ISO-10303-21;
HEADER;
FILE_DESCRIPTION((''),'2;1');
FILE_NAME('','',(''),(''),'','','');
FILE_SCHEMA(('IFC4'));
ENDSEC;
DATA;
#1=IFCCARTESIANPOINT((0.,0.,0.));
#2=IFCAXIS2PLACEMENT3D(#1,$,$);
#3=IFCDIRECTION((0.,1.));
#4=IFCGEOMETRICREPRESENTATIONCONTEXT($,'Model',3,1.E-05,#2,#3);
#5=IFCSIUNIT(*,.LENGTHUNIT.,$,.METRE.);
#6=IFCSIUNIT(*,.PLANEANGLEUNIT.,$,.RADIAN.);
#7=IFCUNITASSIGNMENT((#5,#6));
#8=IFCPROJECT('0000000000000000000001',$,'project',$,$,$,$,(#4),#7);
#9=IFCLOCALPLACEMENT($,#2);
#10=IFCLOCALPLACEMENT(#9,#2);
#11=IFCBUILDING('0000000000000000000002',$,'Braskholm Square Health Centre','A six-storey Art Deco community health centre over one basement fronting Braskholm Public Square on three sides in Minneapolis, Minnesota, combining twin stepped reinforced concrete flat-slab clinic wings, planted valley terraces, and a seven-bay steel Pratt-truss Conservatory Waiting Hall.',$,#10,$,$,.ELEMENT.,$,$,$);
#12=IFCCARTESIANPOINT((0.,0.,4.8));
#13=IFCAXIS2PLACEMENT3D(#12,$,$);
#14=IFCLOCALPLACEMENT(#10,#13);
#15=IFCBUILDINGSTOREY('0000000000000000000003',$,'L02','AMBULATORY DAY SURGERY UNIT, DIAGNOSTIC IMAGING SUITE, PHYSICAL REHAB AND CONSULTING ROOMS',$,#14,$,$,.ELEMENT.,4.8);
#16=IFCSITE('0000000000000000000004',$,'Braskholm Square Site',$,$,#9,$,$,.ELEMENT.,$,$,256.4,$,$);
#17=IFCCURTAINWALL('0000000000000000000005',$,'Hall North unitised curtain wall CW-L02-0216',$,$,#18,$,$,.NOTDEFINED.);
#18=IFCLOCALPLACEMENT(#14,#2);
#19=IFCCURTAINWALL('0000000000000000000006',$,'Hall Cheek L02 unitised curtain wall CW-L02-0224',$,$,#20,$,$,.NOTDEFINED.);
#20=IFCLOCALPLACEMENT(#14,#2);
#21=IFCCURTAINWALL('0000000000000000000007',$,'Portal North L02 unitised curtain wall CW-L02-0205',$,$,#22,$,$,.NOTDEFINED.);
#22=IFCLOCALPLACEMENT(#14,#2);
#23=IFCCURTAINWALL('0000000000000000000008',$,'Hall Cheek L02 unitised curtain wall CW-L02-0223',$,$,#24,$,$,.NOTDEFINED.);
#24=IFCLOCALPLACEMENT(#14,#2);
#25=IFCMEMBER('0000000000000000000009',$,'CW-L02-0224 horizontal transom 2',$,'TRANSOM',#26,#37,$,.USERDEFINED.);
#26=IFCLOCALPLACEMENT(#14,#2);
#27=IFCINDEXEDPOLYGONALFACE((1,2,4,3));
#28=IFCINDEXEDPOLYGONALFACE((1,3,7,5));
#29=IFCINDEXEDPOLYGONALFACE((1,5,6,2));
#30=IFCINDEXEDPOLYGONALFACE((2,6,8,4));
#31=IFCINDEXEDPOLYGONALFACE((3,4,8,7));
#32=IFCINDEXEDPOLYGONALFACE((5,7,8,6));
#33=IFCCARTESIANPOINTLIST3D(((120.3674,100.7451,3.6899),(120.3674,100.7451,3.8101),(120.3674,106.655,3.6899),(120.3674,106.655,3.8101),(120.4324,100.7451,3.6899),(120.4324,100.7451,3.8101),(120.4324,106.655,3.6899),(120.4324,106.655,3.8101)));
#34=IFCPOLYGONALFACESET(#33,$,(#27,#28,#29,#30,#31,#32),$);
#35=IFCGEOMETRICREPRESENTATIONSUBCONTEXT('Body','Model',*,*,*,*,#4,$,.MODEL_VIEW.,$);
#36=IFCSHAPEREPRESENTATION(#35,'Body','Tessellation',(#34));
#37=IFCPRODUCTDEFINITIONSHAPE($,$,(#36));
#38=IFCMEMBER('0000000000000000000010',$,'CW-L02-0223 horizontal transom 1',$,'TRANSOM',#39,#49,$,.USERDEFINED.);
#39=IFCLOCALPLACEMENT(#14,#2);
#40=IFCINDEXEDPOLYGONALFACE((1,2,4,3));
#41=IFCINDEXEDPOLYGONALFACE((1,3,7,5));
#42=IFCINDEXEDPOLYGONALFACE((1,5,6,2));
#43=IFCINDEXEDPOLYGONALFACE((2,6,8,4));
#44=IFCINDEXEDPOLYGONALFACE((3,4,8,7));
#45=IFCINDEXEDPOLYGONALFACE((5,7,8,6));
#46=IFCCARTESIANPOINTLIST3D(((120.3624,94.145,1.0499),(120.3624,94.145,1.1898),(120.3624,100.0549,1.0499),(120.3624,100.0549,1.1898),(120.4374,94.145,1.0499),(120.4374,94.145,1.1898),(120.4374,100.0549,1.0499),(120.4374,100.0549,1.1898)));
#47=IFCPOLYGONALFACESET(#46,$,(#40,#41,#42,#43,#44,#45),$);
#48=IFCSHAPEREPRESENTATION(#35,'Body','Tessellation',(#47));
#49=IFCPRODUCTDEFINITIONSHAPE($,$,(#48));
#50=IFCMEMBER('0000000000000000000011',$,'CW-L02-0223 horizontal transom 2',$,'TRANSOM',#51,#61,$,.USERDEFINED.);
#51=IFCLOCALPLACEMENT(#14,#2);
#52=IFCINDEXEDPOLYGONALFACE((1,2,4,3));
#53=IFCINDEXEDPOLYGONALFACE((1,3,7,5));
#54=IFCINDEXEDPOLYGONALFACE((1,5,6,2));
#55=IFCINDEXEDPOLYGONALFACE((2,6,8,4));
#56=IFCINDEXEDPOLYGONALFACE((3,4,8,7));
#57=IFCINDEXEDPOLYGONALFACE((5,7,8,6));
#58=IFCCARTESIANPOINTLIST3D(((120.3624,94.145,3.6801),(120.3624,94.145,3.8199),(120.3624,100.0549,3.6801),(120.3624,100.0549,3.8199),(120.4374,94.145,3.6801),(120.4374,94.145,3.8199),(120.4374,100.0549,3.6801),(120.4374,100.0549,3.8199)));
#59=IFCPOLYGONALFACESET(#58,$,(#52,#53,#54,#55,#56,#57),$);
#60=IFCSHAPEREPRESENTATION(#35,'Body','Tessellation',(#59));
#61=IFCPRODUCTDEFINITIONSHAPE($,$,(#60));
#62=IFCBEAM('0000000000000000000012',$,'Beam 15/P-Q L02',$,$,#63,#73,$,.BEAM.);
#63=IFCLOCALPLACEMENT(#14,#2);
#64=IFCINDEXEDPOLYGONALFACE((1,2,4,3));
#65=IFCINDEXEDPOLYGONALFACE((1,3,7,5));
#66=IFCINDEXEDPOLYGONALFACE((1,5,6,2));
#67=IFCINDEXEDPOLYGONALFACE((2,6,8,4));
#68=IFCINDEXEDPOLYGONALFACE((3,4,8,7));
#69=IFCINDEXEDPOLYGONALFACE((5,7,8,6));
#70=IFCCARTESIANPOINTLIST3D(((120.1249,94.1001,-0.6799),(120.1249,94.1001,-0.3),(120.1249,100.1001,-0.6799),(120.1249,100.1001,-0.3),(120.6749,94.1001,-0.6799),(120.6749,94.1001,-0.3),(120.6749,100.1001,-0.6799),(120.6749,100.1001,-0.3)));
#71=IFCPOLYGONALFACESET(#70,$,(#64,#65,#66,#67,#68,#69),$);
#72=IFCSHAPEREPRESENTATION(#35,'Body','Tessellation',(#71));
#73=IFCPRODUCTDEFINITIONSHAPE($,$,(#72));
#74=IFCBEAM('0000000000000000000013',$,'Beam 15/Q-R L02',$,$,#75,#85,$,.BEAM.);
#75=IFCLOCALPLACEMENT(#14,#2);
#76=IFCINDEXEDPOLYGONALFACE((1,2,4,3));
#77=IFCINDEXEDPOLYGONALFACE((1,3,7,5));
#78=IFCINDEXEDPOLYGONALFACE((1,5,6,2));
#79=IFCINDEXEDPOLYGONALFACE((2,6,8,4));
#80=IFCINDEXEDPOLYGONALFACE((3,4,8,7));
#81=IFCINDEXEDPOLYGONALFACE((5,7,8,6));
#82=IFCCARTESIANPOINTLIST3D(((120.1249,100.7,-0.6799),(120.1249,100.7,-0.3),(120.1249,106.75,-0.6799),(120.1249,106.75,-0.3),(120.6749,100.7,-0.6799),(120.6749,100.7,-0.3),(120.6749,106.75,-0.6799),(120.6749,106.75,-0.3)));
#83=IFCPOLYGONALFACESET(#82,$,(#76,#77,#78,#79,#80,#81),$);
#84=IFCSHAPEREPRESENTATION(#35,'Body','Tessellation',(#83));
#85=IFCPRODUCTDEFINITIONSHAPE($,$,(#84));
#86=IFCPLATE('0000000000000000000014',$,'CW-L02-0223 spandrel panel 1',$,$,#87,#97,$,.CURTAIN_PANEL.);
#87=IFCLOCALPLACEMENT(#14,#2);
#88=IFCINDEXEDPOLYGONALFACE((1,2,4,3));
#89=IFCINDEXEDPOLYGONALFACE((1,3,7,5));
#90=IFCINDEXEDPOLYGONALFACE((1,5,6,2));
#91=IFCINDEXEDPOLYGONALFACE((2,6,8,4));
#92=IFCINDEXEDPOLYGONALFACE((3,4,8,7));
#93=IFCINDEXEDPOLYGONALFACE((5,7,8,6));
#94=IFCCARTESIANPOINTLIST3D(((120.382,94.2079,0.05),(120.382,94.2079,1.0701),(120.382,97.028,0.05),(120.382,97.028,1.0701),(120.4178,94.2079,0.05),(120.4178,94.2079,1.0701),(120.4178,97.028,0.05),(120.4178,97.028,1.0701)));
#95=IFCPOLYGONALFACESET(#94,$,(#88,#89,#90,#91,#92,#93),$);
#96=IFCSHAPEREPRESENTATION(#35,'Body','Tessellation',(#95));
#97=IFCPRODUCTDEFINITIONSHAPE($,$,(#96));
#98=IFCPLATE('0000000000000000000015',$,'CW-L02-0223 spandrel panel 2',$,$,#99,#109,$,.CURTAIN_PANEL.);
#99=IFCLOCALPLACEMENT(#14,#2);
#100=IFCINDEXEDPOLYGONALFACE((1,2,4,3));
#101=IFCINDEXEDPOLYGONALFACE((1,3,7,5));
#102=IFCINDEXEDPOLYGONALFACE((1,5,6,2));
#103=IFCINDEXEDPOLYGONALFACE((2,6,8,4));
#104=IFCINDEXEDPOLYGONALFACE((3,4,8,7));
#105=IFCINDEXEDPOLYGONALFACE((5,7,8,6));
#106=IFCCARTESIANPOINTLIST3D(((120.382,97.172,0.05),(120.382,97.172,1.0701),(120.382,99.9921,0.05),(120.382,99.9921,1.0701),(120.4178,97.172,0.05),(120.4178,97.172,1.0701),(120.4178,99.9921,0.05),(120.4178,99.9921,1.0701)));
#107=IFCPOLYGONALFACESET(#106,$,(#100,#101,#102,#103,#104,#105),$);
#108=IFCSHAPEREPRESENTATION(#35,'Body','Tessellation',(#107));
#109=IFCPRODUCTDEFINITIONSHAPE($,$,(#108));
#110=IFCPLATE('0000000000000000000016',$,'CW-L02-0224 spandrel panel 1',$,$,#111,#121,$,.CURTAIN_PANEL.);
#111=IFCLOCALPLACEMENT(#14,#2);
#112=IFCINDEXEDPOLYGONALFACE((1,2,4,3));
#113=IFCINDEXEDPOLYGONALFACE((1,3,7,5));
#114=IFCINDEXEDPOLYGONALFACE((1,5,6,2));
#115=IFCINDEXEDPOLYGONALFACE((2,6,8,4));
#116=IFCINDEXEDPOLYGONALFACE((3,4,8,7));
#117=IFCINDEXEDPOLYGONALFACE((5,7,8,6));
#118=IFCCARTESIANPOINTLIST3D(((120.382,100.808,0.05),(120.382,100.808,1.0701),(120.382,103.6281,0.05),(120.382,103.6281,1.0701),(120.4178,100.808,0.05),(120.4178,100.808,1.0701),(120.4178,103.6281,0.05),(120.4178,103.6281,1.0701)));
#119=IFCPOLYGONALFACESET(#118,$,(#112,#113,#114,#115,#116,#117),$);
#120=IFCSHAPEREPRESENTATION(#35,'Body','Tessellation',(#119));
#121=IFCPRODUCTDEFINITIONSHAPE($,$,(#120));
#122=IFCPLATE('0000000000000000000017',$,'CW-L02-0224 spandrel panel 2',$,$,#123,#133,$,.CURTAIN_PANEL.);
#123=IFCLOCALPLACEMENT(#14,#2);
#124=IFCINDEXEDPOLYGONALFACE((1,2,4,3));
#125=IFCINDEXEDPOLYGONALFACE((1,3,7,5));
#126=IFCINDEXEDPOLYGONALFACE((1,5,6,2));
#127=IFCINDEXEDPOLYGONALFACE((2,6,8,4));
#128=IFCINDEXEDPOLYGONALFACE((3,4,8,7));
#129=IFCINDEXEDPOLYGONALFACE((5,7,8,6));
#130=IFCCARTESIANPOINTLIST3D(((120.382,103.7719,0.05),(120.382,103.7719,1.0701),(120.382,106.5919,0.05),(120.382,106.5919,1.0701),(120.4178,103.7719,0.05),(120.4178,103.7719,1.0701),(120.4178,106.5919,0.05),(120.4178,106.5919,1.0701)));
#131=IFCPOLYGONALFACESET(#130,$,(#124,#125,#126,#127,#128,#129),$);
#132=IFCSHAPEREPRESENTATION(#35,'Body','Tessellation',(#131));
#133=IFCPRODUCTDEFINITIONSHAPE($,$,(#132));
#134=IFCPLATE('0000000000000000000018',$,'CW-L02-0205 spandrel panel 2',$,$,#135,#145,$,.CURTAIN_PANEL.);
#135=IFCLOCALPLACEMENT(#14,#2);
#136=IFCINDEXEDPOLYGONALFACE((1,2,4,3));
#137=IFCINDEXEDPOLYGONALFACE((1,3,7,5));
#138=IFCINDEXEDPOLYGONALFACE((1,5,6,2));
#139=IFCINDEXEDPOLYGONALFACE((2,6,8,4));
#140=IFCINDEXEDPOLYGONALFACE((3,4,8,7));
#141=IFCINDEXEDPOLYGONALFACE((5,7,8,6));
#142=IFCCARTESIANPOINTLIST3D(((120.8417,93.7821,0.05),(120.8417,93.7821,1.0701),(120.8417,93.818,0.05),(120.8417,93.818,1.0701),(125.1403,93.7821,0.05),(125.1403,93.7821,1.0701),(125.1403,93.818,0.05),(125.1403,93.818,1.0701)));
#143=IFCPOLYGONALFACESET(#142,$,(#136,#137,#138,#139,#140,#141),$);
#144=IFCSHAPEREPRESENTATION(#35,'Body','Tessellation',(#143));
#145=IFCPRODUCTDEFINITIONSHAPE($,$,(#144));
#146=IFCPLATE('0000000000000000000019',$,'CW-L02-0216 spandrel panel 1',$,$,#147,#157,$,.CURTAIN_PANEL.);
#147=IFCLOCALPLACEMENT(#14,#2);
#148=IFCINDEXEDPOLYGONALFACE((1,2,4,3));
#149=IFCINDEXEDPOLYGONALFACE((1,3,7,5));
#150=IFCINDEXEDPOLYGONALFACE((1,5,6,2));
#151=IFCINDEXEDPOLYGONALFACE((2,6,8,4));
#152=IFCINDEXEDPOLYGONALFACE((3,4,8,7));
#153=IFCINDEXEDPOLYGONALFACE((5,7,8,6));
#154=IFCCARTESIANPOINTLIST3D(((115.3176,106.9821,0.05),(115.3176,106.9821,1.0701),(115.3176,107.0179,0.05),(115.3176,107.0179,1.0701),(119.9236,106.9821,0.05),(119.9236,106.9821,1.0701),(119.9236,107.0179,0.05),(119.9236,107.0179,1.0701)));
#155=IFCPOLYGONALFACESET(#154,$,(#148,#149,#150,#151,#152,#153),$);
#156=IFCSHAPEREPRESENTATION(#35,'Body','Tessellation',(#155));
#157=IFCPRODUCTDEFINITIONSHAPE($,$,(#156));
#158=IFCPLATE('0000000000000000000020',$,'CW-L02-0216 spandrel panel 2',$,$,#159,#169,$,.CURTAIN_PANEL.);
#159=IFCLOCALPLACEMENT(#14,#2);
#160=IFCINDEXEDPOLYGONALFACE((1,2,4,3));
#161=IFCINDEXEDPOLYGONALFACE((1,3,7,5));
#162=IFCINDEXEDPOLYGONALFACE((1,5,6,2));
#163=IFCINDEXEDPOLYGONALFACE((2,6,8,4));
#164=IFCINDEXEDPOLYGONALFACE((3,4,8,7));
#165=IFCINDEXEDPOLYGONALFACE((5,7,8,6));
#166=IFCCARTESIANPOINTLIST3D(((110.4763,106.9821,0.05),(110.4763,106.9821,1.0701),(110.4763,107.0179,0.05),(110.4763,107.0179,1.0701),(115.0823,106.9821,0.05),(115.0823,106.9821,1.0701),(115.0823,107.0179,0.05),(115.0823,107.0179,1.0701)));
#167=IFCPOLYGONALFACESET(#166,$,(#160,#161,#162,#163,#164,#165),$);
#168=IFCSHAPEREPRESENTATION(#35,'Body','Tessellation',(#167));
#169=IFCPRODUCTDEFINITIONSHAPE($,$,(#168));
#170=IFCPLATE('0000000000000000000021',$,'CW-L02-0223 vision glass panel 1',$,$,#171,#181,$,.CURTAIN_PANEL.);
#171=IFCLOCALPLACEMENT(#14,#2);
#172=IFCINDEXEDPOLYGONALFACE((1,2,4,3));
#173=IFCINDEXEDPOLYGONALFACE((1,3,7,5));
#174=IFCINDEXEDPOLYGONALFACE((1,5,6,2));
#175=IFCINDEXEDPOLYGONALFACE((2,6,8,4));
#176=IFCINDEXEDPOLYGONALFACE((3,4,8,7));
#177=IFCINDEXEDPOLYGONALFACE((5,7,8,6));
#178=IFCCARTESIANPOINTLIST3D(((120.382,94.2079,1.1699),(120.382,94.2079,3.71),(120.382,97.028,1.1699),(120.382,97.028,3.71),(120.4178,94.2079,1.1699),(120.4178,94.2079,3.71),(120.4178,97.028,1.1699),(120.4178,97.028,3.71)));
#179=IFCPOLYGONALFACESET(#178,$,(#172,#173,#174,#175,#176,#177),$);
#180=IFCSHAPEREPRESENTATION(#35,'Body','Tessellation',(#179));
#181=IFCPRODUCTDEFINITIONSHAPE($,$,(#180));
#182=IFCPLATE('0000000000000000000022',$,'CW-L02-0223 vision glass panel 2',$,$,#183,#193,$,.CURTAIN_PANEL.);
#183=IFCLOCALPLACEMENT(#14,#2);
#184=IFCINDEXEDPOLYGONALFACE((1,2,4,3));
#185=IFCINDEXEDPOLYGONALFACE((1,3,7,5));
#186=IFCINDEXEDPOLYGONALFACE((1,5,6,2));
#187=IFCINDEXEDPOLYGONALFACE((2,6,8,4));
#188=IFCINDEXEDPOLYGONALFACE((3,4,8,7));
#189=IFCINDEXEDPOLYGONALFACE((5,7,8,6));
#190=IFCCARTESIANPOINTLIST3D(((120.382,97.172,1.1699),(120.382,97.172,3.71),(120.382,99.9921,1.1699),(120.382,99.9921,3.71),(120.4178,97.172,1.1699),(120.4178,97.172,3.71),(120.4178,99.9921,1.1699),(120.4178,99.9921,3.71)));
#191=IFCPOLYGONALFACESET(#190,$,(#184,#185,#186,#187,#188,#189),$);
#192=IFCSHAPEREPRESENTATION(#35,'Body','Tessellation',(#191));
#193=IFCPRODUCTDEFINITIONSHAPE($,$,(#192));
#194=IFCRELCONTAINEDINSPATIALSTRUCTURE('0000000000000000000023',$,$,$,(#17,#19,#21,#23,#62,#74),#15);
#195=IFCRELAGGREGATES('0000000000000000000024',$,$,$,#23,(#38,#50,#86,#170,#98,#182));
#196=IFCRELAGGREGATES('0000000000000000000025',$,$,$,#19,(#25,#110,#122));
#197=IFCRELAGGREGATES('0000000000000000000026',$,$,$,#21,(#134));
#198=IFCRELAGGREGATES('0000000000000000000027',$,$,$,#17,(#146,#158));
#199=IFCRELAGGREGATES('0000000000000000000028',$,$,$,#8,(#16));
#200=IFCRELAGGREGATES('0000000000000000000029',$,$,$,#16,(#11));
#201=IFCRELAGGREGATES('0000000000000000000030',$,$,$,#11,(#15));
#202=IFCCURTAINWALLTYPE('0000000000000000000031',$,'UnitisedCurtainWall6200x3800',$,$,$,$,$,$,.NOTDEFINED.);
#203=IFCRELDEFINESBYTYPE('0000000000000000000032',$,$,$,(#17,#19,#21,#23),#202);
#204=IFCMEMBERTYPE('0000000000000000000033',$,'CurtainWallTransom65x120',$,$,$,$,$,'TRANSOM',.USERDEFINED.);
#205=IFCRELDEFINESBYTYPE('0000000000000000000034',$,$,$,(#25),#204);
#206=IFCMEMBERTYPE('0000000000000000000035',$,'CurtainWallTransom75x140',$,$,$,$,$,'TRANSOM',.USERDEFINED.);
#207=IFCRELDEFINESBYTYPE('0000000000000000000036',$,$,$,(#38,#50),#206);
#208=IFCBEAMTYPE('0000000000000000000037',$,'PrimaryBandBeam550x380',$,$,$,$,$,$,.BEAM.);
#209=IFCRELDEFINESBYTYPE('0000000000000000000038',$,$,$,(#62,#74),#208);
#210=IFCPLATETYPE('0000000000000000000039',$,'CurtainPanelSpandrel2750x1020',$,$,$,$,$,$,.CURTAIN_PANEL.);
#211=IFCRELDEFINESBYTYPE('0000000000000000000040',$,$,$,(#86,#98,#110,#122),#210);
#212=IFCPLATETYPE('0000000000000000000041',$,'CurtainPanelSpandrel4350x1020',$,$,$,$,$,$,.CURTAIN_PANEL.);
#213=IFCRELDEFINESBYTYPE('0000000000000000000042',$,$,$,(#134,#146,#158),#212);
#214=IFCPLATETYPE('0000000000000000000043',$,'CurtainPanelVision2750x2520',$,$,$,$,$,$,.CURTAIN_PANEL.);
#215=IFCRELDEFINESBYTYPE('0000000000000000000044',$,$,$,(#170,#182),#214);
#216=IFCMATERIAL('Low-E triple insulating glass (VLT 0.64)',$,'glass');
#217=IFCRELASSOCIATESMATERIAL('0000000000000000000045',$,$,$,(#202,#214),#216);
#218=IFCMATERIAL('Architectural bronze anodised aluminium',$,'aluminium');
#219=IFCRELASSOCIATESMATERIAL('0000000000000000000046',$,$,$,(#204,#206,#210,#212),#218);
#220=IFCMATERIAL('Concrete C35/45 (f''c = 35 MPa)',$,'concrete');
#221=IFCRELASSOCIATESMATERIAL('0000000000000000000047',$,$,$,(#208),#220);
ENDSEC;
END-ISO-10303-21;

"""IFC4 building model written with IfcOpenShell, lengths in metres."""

from ifc_helpers import new_model, si_unit, direction, frame, origin, origin_2d, place, context, subcontext, project, spatial, rectangle, extrude, material, material_profile, profile_set, type_object, element, aggregate, save


model = new_model("IFC4")

# Units and contexts
model_context = context("Model", 3, precision=1e-05, world=origin(), true_north=direction((0.0, 1.0)))
body_context = subcontext(model_context, "Body", "Model", "MODEL_VIEW")
ifc_project = project(units=[si_unit("LENGTHUNIT", "METRE"), si_unit("PLANEANGLEUNIT", "RADIAN")], contexts=[model_context])

# Site, building, storey
site_placement = place(None, origin())
site = spatial("IfcSite", under=ifc_project, at=site_placement, Name="Braskholm Square Site", CompositionType="ELEMENT", RefElevation=256.4)
building_placement = place(site_placement, origin())
building = spatial("IfcBuilding", under=site, at=building_placement, Name="Braskholm Square Health Centre", Description="A six-storey Art Deco community health centre over one basement fronting Braskholm Public Square on three sides in Minneapolis, Minnesota, combining twin stepped reinforced concrete flat-slab clinic wings, planted valley terraces, and a seven-bay steel Pratt-truss Conservatory Waiting Hall.", CompositionType="ELEMENT")
storey_placement = place(building_placement, frame((0.0, 0.0, 4.8)))
storey = spatial("IfcBuildingStorey", under=building, at=storey_placement, Name="L02", Description="AMBULATORY DAY SURGERY UNIT, DIAGNOSTIC IMAGING SUITE, PHYSICAL REHAB AND CONSULTING ROOMS", CompositionType="ELEMENT", Elevation=4.8)

# Curtain walls
ifc_material_1 = material(Name="Low-E triple insulating glass (VLT 0.64)", Category="glass")
curtain_wall_type = type_object("IfcCurtainWallType", Name="UnitisedCurtainWall6200x3800", PredefinedType="NOTDEFINED", material=ifc_material_1)
curtain_wall_1_placement = place(storey_placement, origin())
curtain_wall_1 = element("IfcCurtainWall", 1, at=curtain_wall_1_placement, inside=storey, type_object=curtain_wall_type, Name="Hall North unitised curtain wall CW-L02-0216", PredefinedType="NOTDEFINED")
ifc_material_2 = material(Name="Architectural bronze anodised aluminium", Category="aluminium")
curtain_wall_2_placement = place(storey_placement, origin())
curtain_wall_2 = element("IfcCurtainWall", 2, at=curtain_wall_2_placement, inside=storey, type_object=curtain_wall_type, Name="Hall Cheek L02 unitised curtain wall CW-L02-0224", PredefinedType="NOTDEFINED")

# Curtain wall
curtain_wall_3_placement = place(storey_placement, origin())
curtain_wall_3 = element("IfcCurtainWall", 3, at=curtain_wall_3_placement, inside=storey, type_object=curtain_wall_type, Name="Portal North L02 unitised curtain wall CW-L02-0205", PredefinedType="NOTDEFINED")

# Curtain wall
curtain_wall_4_placement = place(storey_placement, origin())
curtain_wall_4 = element("IfcCurtainWall", 4, at=curtain_wall_4_placement, inside=storey, type_object=curtain_wall_type, Name="Hall Cheek L02 unitised curtain wall CW-L02-0223", PredefinedType="NOTDEFINED")

# Members
ifc_material_profile_1 = material_profile(ifc_material_2, rectangle(XDim=0.0649, YDim=0.1201, at=origin_2d()), Name="ALU-65X120")
ifc_profile_set_1 = profile_set([ifc_material_profile_1], Name="Architectural bronze anodised aluminium")
member_type_1 = type_object("IfcMemberType", Name="CurtainWallTransom65x120", ElementType="TRANSOM", PredefinedType="USERDEFINED", material=ifc_profile_set_1)
member_1_placement = place(storey_placement, frame((120.3999, 100.7451, 3.75), z_axis=(0.0, 1.0, 0.0), x_axis=(-1.0, 0.0, 0.0)))
member_1 = element("IfcMember", 5, at=member_1_placement, type_object=member_type_1, Name="CW-L02-0224 horizontal transom 2", ObjectType="TRANSOM", PredefinedType="USERDEFINED", context=body_context, shape_type="SweptSolid", body=[
    extrude(rectangle(XDim=0.0649, YDim=0.1201, at=origin_2d()), origin(), (0.0, 0.0, 1.0), 5.9099),
])
ifc_material_profile_2 = material_profile(ifc_material_2, rectangle(XDim=0.075, YDim=0.1399, at=origin_2d()), Name="ALU-75X140")
ifc_profile_set_2 = profile_set([ifc_material_profile_2], Name="Architectural bronze anodised aluminium")
member_type_2 = type_object("IfcMemberType", Name="CurtainWallTransom75x140", ElementType="TRANSOM", PredefinedType="USERDEFINED", material=ifc_profile_set_2)
member_2_placement = place(storey_placement, frame((120.3999, 94.145, 1.1199), z_axis=(0.0, 1.0, 0.0), x_axis=(-1.0, 0.0, 0.0)))
member_2 = element("IfcMember", 6, at=member_2_placement, type_object=member_type_2, Name="CW-L02-0223 horizontal transom 1", ObjectType="TRANSOM", PredefinedType="USERDEFINED", context=body_context, shape_type="SweptSolid", body=[
    extrude(rectangle(XDim=0.075, YDim=0.1399, at=origin_2d()), origin(), (0.0, 0.0, 1.0), 5.9099),
])
member_3_placement = place(storey_placement, frame((120.3999, 94.145, 3.75), z_axis=(0.0, 1.0, 0.0), x_axis=(-1.0, 0.0, 0.0)))
member_3 = element("IfcMember", 7, at=member_3_placement, type_object=member_type_2, Name="CW-L02-0223 horizontal transom 2", ObjectType="TRANSOM", PredefinedType="USERDEFINED", context=body_context, shape_type="SweptSolid", body=[
    extrude(rectangle(XDim=0.075, YDim=0.1399, at=origin_2d()), origin(), (0.0, 0.0, 1.0), 5.9099),
])

# Beams
ifc_material_3 = material(Name="Concrete C35/45 (f'c = 35 MPa)", Category="concrete")
ifc_material_profile_3 = material_profile(ifc_material_3, rectangle(XDim=0.55, YDim=0.3799, at=origin_2d()), Name="RCB-550X380")
ifc_profile_set_3 = profile_set([ifc_material_profile_3], Name="Concrete C35/45 (f'c = 35 MPa)")
beam_type = type_object("IfcBeamType", Name="PrimaryBandBeam550x380", PredefinedType="BEAM", material=ifc_profile_set_3)
beam_1_placement = place(storey_placement, frame((120.3999, 94.1001, -0.49), z_axis=(0.0, 1.0, 0.0), x_axis=(-1.0, 0.0, 0.0)))
element("IfcBeam", 8, at=beam_1_placement, inside=storey, type_object=beam_type, Name="Beam 15/P-Q L02", PredefinedType="BEAM", context=body_context, shape_type="SweptSolid", body=[
    extrude(rectangle(XDim=0.55, YDim=0.3799, at=origin_2d()), origin(), (0.0, 0.0, 1.0), 6.0),
])
beam_2_placement = place(storey_placement, frame((120.3999, 100.7, -0.49), z_axis=(0.0, 1.0, 0.0), x_axis=(-1.0, 0.0, 0.0)))
element("IfcBeam", 9, at=beam_2_placement, inside=storey, type_object=beam_type, Name="Beam 15/Q-R L02", PredefinedType="BEAM", context=body_context, shape_type="SweptSolid", body=[
    extrude(rectangle(XDim=0.55, YDim=0.3799, at=origin_2d()), origin(), (0.0, 0.0, 1.0), 6.05),
])

# Plates
plate_type_1 = type_object("IfcPlateType", Name="CurtainPanelSpandrel2750x1020", PredefinedType="CURTAIN_PANEL", material=ifc_material_2)
plate_1_placement = place(storey_placement, frame((120.3999, 95.6179, 0.05), z_axis=(0.0, 0.0, 1.0), x_axis=(0.0, 1.0, 0.0)))
plate_1 = element("IfcPlate", 10, at=plate_1_placement, type_object=plate_type_1, Name="CW-L02-0223 spandrel panel 1", PredefinedType="CURTAIN_PANEL", context=body_context, shape_type="SweptSolid", body=[
    extrude(rectangle(XDim=2.8201, YDim=0.0359, at=origin_2d()), origin(), (0.0, 0.0, 1.0), 1.02),
])
plate_2_placement = place(storey_placement, frame((120.3999, 98.582, 0.05), z_axis=(0.0, 0.0, 1.0), x_axis=(0.0, 1.0, 0.0)))
plate_2 = element("IfcPlate", 11, at=plate_2_placement, type_object=plate_type_1, Name="CW-L02-0223 spandrel panel 2", PredefinedType="CURTAIN_PANEL", context=body_context, shape_type="SweptSolid", body=[
    extrude(rectangle(XDim=2.8201, YDim=0.0359, at=origin_2d()), origin(), (0.0, 0.0, 1.0), 1.02),
])
plate_3_placement = place(storey_placement, frame((120.3999, 102.218, 0.05), z_axis=(0.0, 0.0, 1.0), x_axis=(0.0, 1.0, 0.0)))
plate_3 = element("IfcPlate", 12, at=plate_3_placement, type_object=plate_type_1, Name="CW-L02-0224 spandrel panel 1", PredefinedType="CURTAIN_PANEL", context=body_context, shape_type="SweptSolid", body=[
    extrude(rectangle(XDim=2.8201, YDim=0.0359, at=origin_2d()), origin(), (0.0, 0.0, 1.0), 1.02),
])
plate_4_placement = place(storey_placement, frame((120.3999, 105.1819, 0.05), z_axis=(0.0, 0.0, 1.0), x_axis=(0.0, 1.0, 0.0)))
plate_4 = element("IfcPlate", 13, at=plate_4_placement, type_object=plate_type_1, Name="CW-L02-0224 spandrel panel 2", PredefinedType="CURTAIN_PANEL", context=body_context, shape_type="SweptSolid", body=[
    extrude(rectangle(XDim=2.8201, YDim=0.0359, at=origin_2d()), origin(), (0.0, 0.0, 1.0), 1.02),
])
plate_type_2 = type_object("IfcPlateType", Name="CurtainPanelSpandrel4350x1020", PredefinedType="CURTAIN_PANEL", material=ifc_material_2)
plate_5_placement = place(storey_placement, frame((122.991, 93.8, 0.05), z_axis=(0.0, 0.0, 1.0), x_axis=(-1.0, 0.0, 0.0)))
plate_5 = element("IfcPlate", 14, at=plate_5_placement, type_object=plate_type_2, Name="CW-L02-0205 spandrel panel 2", PredefinedType="CURTAIN_PANEL", context=body_context, shape_type="SweptSolid", body=[
    extrude(rectangle(XDim=4.2986, YDim=0.0359, at=origin_2d()), origin(), (0.0, 0.0, 1.0), 1.02),
])
plate_6_placement = place(storey_placement, frame((117.6206, 107.0, 0.05), z_axis=(0.0, 0.0, 1.0), x_axis=(-1.0, 0.0, 0.0)))
plate_6 = element("IfcPlate", 15, at=plate_6_placement, type_object=plate_type_2, Name="CW-L02-0216 spandrel panel 1", PredefinedType="CURTAIN_PANEL", context=body_context, shape_type="SweptSolid", body=[
    extrude(rectangle(XDim=4.606, YDim=0.0359, at=origin_2d()), origin(), (0.0, 0.0, 1.0), 1.02),
])
plate_7_placement = place(storey_placement, frame((112.7793, 107.0, 0.05), z_axis=(0.0, 0.0, 1.0), x_axis=(-1.0, 0.0, 0.0)))
plate_7 = element("IfcPlate", 16, at=plate_7_placement, type_object=plate_type_2, Name="CW-L02-0216 spandrel panel 2", PredefinedType="CURTAIN_PANEL", context=body_context, shape_type="SweptSolid", body=[
    extrude(rectangle(XDim=4.606, YDim=0.0359, at=origin_2d()), origin(), (0.0, 0.0, 1.0), 1.02),
])
plate_type_3 = type_object("IfcPlateType", Name="CurtainPanelVision2750x2520", PredefinedType="CURTAIN_PANEL", material=ifc_material_1)
plate_8_placement = place(storey_placement, frame((120.3999, 95.6179, 1.1699), z_axis=(0.0, 0.0, 1.0), x_axis=(0.0, 1.0, 0.0)))
plate_8 = element("IfcPlate", 17, at=plate_8_placement, type_object=plate_type_3, Name="CW-L02-0223 vision glass panel 1", PredefinedType="CURTAIN_PANEL", context=body_context, shape_type="SweptSolid", body=[
    extrude(rectangle(XDim=2.8201, YDim=0.0359, at=origin_2d()), origin(), (0.0, 0.0, 1.0), 2.54),
])
plate_9_placement = place(storey_placement, frame((120.3999, 98.582, 1.1699), z_axis=(0.0, 0.0, 1.0), x_axis=(0.0, 1.0, 0.0)))
plate_9 = element("IfcPlate", 18, at=plate_9_placement, type_object=plate_type_3, Name="CW-L02-0223 vision glass panel 2", PredefinedType="CURTAIN_PANEL", context=body_context, shape_type="SweptSolid", body=[
    extrude(rectangle(XDim=2.8201, YDim=0.0359, at=origin_2d()), origin(), (0.0, 0.0, 1.0), 2.54),
])
aggregate(curtain_wall_4, [member_2, member_3, plate_1, plate_8, plate_2, plate_9])
aggregate(curtain_wall_2, [member_1, plate_3, plate_4])
aggregate(curtain_wall_3, [plate_5])
aggregate(curtain_wall_1, [plate_6, plate_7])

save(model, "model.ifc")
